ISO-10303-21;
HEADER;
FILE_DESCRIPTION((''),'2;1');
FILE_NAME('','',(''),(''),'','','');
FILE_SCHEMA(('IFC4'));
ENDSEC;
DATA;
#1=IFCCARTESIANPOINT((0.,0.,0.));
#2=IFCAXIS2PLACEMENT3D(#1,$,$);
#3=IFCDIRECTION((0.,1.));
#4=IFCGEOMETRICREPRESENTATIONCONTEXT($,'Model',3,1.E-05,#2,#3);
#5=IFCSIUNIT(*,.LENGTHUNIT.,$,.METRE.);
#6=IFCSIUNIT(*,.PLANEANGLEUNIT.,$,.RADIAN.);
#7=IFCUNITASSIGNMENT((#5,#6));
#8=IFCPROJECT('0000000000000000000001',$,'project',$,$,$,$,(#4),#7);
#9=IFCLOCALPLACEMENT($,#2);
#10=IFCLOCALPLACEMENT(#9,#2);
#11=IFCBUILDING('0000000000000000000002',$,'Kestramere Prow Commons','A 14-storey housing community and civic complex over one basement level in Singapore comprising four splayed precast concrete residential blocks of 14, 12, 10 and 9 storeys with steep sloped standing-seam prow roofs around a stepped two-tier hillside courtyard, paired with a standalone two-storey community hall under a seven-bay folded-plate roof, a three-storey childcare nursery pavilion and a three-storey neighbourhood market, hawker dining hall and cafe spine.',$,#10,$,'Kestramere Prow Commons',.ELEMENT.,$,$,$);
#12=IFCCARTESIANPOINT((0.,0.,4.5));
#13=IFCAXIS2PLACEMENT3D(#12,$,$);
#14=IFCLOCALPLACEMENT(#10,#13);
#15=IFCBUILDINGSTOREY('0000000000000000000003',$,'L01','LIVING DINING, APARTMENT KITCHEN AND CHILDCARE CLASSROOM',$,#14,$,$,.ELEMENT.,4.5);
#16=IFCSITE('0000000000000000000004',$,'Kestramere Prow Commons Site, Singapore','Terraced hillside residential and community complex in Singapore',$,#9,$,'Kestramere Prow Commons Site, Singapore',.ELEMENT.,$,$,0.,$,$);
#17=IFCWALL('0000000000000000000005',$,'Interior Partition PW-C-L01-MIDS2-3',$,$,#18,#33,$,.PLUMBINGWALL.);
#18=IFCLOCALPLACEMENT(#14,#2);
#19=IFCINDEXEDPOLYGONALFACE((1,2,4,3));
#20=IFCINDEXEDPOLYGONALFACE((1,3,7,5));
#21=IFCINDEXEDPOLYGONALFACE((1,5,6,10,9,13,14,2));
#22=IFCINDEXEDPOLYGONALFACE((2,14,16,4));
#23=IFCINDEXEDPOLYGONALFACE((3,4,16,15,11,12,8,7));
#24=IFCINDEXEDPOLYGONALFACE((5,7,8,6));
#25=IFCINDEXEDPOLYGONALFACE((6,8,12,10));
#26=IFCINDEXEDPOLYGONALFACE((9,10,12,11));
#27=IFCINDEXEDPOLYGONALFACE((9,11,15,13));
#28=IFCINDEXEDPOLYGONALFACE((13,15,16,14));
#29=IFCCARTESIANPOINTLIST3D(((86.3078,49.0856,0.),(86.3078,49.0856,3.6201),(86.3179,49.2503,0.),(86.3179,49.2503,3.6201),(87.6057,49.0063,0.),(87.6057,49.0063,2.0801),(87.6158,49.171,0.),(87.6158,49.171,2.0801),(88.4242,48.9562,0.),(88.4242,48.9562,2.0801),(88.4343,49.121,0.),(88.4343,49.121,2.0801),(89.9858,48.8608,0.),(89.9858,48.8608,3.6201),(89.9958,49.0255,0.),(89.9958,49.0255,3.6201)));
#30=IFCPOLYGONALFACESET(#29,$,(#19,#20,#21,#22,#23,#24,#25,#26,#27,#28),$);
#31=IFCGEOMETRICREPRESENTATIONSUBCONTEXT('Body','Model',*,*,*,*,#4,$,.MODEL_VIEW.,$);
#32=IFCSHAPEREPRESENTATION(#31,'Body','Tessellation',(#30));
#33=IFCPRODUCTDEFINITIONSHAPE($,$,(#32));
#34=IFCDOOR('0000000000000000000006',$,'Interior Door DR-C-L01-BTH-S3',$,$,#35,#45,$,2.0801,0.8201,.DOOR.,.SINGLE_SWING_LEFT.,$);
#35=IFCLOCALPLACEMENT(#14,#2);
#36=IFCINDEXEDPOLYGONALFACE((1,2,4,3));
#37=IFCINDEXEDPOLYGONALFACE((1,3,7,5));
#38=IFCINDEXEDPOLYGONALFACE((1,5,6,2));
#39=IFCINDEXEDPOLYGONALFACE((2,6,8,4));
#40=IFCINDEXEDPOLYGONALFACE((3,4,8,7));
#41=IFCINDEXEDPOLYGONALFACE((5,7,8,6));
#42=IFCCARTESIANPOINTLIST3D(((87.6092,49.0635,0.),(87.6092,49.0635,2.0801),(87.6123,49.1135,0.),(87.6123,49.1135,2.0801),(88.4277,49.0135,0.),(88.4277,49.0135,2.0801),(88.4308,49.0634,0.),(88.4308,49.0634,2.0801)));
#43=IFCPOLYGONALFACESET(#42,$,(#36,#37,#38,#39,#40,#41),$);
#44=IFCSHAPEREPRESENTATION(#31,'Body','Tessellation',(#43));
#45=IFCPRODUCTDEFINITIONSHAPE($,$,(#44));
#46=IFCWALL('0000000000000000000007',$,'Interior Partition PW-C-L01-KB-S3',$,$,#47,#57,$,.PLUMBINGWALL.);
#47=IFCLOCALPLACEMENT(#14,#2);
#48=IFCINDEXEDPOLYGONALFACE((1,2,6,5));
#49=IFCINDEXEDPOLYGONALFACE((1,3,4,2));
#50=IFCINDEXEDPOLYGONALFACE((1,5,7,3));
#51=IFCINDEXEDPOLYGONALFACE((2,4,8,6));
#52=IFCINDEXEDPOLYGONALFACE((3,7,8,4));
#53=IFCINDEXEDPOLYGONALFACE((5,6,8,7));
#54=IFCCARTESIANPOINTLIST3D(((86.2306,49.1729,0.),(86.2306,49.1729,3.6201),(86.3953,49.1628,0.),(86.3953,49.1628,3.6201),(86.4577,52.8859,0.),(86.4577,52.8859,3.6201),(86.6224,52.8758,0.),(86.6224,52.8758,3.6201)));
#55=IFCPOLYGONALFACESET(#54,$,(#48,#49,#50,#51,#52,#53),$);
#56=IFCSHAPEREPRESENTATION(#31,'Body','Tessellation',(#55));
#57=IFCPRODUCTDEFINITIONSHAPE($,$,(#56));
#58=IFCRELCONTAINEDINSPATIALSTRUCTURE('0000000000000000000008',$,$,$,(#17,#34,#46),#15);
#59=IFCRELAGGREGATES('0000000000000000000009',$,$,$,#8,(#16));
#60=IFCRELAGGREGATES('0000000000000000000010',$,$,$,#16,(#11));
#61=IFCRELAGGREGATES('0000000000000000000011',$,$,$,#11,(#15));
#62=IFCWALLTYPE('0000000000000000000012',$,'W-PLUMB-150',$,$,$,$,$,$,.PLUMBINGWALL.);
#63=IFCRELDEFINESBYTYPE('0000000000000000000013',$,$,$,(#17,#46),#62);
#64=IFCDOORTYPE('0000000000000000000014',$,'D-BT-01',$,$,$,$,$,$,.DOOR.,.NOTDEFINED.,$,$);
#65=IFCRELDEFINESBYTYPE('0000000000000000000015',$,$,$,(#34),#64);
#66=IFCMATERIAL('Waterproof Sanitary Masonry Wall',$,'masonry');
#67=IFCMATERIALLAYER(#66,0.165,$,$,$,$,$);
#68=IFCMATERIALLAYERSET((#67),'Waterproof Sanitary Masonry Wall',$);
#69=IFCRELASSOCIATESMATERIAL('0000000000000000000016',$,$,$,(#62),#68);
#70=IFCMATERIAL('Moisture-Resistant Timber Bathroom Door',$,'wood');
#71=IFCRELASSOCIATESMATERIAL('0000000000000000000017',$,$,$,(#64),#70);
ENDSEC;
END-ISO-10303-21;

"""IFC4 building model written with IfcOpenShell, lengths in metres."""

from ifc_helpers import new_model, si_unit, direction, frame, frame_2d, origin, place, context, subcontext, project, spatial, rectangle, extrude, material, layer, layer_set, type_object, element, fill, save


model = new_model("IFC4")

# Units and contexts
model_context = context("Model", 3, precision=1e-05, world=origin(), true_north=direction((0.0, 1.0)))
body_context = subcontext(model_context, "Body", "Model", "MODEL_VIEW")
ifc_project = project(units=[si_unit("LENGTHUNIT", "METRE"), si_unit("PLANEANGLEUNIT", "RADIAN")], contexts=[model_context])

# Site, building, storey
site_placement = place(None, origin())
site = spatial("IfcSite", under=ifc_project, at=site_placement, Name="Kestramere Prow Commons Site, Singapore", Description="Terraced hillside residential and community complex in Singapore", LongName="Kestramere Prow Commons Site, Singapore", CompositionType="ELEMENT", RefElevation=0.0)
building_placement = place(site_placement, origin())
building = spatial("IfcBuilding", under=site, at=building_placement, Name="Kestramere Prow Commons", Description="A 14-storey housing community and civic complex over one basement level in Singapore comprising four splayed precast concrete residential blocks of 14, 12, 10 and 9 storeys with steep sloped standing-seam prow roofs around a stepped two-tier hillside courtyard, paired with a standalone two-storey community hall under a seven-bay folded-plate roof, a three-storey childcare nursery pavilion and a three-storey neighbourhood market, hawker dining hall and cafe spine.", LongName="Kestramere Prow Commons", CompositionType="ELEMENT")
storey_placement = place(building_placement, frame((0.0, 0.0, 4.5)))
storey = spatial("IfcBuildingStorey", under=building, at=storey_placement, Name="L01", Description="LIVING DINING, APARTMENT KITCHEN AND CHILDCARE CLASSROOM", CompositionType="ELEMENT", Elevation=4.5)

# Wall, opening, door
ifc_material_1 = material(Name="Waterproof Sanitary Masonry Wall", Category="masonry")
ifc_layer_1 = layer(ifc_material_1, 0.165)
ifc_layer_set_1 = layer_set([ifc_layer_1], Name="Waterproof Sanitary Masonry Wall")
wall_type_1 = type_object("IfcWallType", Name="W-PLUMB-150", PredefinedType="PLUMBINGWALL", material=ifc_layer_set_1)
wall_1_placement = place(storey_placement, frame((86.313, 49.168, 0.0), z_axis=(0.0, 0.0, 1.0), x_axis=(0.998136, -0.061021, 0.0)))
wall_1 = element("IfcWall", 1, at=wall_1_placement, inside=storey, type_object=wall_type_1, Name="Interior Partition PW-C-L01-MIDS2-3", PredefinedType="PLUMBINGWALL", context=body_context, shape_type="SweptSolid", body=[
    extrude(rectangle(XDim=3.6848, YDim=0.165, at=frame_2d((1.8423, 0.0))), origin(), (0.0, 0.0, 1.0), 3.6201),
])
opening_1_placement = place(wall_1_placement, frame((1.3, 0.0, 0.0)))
opening_1 = element("IfcOpeningElement", 2, at=opening_1_placement, cuts=wall_1, PredefinedType="OPENING", context=body_context, shape_type="SweptSolid", body=[
    extrude(rectangle(XDim=0.8201, YDim=2.0801, at=frame_2d((0.4102, 1.04))), frame((0.0, 0.0974, 0.0), z_axis=(0.0, -1.0, 0.0), x_axis=(1.0, 0.0, 0.0)), (0.0, 0.0, 1.0), 0.1951),
])
ifc_material_2 = material(Name="Moisture-Resistant Timber Bathroom Door", Category="wood")
door_type_1 = type_object("IfcDoorType", Name="D-BT-01", OperationType="NOTDEFINED", PredefinedType="DOOR", material=ifc_material_2)
door_1_placement = place(opening_1_placement, origin())
door_1 = element("IfcDoor", 3, at=door_1_placement, inside=storey, type_object=door_type_1, Name="Interior Door DR-C-L01-BTH-S3", OperationType="SINGLE_SWING_LEFT", OverallHeight=2.0801, OverallWidth=0.8201, PredefinedType="DOOR", context=body_context, shape_type="SweptSolid", body=[
    extrude(rectangle(XDim=0.8201, YDim=2.0801, at=frame_2d((0.4102, 1.04))), frame((0.0, 0.0249, 0.0), z_axis=(0.0, -1.0, 0.0), x_axis=(1.0, 0.0, 0.0)), (0.0, 0.0, 1.0), 0.05),
])
fill(opening_1, door_1)

# Wall
wall_2_placement = place(storey_placement, frame((86.313, 49.168, 0.0), z_axis=(0.0, 0.0, 1.0), x_axis=(0.061034, 0.998136, 0.0)))
element("IfcWall", 4, at=wall_2_placement, inside=storey, type_object=wall_type_1, Name="Interior Partition PW-C-L01-KB-S3", PredefinedType="PLUMBINGWALL", context=body_context, shape_type="SweptSolid", body=[
    extrude(rectangle(XDim=3.72, YDim=0.165, at=frame_2d((1.8599, 0.0))), origin(), (0.0, 0.0, 1.0), 3.6201),
])

save(model, "model.ifc")
